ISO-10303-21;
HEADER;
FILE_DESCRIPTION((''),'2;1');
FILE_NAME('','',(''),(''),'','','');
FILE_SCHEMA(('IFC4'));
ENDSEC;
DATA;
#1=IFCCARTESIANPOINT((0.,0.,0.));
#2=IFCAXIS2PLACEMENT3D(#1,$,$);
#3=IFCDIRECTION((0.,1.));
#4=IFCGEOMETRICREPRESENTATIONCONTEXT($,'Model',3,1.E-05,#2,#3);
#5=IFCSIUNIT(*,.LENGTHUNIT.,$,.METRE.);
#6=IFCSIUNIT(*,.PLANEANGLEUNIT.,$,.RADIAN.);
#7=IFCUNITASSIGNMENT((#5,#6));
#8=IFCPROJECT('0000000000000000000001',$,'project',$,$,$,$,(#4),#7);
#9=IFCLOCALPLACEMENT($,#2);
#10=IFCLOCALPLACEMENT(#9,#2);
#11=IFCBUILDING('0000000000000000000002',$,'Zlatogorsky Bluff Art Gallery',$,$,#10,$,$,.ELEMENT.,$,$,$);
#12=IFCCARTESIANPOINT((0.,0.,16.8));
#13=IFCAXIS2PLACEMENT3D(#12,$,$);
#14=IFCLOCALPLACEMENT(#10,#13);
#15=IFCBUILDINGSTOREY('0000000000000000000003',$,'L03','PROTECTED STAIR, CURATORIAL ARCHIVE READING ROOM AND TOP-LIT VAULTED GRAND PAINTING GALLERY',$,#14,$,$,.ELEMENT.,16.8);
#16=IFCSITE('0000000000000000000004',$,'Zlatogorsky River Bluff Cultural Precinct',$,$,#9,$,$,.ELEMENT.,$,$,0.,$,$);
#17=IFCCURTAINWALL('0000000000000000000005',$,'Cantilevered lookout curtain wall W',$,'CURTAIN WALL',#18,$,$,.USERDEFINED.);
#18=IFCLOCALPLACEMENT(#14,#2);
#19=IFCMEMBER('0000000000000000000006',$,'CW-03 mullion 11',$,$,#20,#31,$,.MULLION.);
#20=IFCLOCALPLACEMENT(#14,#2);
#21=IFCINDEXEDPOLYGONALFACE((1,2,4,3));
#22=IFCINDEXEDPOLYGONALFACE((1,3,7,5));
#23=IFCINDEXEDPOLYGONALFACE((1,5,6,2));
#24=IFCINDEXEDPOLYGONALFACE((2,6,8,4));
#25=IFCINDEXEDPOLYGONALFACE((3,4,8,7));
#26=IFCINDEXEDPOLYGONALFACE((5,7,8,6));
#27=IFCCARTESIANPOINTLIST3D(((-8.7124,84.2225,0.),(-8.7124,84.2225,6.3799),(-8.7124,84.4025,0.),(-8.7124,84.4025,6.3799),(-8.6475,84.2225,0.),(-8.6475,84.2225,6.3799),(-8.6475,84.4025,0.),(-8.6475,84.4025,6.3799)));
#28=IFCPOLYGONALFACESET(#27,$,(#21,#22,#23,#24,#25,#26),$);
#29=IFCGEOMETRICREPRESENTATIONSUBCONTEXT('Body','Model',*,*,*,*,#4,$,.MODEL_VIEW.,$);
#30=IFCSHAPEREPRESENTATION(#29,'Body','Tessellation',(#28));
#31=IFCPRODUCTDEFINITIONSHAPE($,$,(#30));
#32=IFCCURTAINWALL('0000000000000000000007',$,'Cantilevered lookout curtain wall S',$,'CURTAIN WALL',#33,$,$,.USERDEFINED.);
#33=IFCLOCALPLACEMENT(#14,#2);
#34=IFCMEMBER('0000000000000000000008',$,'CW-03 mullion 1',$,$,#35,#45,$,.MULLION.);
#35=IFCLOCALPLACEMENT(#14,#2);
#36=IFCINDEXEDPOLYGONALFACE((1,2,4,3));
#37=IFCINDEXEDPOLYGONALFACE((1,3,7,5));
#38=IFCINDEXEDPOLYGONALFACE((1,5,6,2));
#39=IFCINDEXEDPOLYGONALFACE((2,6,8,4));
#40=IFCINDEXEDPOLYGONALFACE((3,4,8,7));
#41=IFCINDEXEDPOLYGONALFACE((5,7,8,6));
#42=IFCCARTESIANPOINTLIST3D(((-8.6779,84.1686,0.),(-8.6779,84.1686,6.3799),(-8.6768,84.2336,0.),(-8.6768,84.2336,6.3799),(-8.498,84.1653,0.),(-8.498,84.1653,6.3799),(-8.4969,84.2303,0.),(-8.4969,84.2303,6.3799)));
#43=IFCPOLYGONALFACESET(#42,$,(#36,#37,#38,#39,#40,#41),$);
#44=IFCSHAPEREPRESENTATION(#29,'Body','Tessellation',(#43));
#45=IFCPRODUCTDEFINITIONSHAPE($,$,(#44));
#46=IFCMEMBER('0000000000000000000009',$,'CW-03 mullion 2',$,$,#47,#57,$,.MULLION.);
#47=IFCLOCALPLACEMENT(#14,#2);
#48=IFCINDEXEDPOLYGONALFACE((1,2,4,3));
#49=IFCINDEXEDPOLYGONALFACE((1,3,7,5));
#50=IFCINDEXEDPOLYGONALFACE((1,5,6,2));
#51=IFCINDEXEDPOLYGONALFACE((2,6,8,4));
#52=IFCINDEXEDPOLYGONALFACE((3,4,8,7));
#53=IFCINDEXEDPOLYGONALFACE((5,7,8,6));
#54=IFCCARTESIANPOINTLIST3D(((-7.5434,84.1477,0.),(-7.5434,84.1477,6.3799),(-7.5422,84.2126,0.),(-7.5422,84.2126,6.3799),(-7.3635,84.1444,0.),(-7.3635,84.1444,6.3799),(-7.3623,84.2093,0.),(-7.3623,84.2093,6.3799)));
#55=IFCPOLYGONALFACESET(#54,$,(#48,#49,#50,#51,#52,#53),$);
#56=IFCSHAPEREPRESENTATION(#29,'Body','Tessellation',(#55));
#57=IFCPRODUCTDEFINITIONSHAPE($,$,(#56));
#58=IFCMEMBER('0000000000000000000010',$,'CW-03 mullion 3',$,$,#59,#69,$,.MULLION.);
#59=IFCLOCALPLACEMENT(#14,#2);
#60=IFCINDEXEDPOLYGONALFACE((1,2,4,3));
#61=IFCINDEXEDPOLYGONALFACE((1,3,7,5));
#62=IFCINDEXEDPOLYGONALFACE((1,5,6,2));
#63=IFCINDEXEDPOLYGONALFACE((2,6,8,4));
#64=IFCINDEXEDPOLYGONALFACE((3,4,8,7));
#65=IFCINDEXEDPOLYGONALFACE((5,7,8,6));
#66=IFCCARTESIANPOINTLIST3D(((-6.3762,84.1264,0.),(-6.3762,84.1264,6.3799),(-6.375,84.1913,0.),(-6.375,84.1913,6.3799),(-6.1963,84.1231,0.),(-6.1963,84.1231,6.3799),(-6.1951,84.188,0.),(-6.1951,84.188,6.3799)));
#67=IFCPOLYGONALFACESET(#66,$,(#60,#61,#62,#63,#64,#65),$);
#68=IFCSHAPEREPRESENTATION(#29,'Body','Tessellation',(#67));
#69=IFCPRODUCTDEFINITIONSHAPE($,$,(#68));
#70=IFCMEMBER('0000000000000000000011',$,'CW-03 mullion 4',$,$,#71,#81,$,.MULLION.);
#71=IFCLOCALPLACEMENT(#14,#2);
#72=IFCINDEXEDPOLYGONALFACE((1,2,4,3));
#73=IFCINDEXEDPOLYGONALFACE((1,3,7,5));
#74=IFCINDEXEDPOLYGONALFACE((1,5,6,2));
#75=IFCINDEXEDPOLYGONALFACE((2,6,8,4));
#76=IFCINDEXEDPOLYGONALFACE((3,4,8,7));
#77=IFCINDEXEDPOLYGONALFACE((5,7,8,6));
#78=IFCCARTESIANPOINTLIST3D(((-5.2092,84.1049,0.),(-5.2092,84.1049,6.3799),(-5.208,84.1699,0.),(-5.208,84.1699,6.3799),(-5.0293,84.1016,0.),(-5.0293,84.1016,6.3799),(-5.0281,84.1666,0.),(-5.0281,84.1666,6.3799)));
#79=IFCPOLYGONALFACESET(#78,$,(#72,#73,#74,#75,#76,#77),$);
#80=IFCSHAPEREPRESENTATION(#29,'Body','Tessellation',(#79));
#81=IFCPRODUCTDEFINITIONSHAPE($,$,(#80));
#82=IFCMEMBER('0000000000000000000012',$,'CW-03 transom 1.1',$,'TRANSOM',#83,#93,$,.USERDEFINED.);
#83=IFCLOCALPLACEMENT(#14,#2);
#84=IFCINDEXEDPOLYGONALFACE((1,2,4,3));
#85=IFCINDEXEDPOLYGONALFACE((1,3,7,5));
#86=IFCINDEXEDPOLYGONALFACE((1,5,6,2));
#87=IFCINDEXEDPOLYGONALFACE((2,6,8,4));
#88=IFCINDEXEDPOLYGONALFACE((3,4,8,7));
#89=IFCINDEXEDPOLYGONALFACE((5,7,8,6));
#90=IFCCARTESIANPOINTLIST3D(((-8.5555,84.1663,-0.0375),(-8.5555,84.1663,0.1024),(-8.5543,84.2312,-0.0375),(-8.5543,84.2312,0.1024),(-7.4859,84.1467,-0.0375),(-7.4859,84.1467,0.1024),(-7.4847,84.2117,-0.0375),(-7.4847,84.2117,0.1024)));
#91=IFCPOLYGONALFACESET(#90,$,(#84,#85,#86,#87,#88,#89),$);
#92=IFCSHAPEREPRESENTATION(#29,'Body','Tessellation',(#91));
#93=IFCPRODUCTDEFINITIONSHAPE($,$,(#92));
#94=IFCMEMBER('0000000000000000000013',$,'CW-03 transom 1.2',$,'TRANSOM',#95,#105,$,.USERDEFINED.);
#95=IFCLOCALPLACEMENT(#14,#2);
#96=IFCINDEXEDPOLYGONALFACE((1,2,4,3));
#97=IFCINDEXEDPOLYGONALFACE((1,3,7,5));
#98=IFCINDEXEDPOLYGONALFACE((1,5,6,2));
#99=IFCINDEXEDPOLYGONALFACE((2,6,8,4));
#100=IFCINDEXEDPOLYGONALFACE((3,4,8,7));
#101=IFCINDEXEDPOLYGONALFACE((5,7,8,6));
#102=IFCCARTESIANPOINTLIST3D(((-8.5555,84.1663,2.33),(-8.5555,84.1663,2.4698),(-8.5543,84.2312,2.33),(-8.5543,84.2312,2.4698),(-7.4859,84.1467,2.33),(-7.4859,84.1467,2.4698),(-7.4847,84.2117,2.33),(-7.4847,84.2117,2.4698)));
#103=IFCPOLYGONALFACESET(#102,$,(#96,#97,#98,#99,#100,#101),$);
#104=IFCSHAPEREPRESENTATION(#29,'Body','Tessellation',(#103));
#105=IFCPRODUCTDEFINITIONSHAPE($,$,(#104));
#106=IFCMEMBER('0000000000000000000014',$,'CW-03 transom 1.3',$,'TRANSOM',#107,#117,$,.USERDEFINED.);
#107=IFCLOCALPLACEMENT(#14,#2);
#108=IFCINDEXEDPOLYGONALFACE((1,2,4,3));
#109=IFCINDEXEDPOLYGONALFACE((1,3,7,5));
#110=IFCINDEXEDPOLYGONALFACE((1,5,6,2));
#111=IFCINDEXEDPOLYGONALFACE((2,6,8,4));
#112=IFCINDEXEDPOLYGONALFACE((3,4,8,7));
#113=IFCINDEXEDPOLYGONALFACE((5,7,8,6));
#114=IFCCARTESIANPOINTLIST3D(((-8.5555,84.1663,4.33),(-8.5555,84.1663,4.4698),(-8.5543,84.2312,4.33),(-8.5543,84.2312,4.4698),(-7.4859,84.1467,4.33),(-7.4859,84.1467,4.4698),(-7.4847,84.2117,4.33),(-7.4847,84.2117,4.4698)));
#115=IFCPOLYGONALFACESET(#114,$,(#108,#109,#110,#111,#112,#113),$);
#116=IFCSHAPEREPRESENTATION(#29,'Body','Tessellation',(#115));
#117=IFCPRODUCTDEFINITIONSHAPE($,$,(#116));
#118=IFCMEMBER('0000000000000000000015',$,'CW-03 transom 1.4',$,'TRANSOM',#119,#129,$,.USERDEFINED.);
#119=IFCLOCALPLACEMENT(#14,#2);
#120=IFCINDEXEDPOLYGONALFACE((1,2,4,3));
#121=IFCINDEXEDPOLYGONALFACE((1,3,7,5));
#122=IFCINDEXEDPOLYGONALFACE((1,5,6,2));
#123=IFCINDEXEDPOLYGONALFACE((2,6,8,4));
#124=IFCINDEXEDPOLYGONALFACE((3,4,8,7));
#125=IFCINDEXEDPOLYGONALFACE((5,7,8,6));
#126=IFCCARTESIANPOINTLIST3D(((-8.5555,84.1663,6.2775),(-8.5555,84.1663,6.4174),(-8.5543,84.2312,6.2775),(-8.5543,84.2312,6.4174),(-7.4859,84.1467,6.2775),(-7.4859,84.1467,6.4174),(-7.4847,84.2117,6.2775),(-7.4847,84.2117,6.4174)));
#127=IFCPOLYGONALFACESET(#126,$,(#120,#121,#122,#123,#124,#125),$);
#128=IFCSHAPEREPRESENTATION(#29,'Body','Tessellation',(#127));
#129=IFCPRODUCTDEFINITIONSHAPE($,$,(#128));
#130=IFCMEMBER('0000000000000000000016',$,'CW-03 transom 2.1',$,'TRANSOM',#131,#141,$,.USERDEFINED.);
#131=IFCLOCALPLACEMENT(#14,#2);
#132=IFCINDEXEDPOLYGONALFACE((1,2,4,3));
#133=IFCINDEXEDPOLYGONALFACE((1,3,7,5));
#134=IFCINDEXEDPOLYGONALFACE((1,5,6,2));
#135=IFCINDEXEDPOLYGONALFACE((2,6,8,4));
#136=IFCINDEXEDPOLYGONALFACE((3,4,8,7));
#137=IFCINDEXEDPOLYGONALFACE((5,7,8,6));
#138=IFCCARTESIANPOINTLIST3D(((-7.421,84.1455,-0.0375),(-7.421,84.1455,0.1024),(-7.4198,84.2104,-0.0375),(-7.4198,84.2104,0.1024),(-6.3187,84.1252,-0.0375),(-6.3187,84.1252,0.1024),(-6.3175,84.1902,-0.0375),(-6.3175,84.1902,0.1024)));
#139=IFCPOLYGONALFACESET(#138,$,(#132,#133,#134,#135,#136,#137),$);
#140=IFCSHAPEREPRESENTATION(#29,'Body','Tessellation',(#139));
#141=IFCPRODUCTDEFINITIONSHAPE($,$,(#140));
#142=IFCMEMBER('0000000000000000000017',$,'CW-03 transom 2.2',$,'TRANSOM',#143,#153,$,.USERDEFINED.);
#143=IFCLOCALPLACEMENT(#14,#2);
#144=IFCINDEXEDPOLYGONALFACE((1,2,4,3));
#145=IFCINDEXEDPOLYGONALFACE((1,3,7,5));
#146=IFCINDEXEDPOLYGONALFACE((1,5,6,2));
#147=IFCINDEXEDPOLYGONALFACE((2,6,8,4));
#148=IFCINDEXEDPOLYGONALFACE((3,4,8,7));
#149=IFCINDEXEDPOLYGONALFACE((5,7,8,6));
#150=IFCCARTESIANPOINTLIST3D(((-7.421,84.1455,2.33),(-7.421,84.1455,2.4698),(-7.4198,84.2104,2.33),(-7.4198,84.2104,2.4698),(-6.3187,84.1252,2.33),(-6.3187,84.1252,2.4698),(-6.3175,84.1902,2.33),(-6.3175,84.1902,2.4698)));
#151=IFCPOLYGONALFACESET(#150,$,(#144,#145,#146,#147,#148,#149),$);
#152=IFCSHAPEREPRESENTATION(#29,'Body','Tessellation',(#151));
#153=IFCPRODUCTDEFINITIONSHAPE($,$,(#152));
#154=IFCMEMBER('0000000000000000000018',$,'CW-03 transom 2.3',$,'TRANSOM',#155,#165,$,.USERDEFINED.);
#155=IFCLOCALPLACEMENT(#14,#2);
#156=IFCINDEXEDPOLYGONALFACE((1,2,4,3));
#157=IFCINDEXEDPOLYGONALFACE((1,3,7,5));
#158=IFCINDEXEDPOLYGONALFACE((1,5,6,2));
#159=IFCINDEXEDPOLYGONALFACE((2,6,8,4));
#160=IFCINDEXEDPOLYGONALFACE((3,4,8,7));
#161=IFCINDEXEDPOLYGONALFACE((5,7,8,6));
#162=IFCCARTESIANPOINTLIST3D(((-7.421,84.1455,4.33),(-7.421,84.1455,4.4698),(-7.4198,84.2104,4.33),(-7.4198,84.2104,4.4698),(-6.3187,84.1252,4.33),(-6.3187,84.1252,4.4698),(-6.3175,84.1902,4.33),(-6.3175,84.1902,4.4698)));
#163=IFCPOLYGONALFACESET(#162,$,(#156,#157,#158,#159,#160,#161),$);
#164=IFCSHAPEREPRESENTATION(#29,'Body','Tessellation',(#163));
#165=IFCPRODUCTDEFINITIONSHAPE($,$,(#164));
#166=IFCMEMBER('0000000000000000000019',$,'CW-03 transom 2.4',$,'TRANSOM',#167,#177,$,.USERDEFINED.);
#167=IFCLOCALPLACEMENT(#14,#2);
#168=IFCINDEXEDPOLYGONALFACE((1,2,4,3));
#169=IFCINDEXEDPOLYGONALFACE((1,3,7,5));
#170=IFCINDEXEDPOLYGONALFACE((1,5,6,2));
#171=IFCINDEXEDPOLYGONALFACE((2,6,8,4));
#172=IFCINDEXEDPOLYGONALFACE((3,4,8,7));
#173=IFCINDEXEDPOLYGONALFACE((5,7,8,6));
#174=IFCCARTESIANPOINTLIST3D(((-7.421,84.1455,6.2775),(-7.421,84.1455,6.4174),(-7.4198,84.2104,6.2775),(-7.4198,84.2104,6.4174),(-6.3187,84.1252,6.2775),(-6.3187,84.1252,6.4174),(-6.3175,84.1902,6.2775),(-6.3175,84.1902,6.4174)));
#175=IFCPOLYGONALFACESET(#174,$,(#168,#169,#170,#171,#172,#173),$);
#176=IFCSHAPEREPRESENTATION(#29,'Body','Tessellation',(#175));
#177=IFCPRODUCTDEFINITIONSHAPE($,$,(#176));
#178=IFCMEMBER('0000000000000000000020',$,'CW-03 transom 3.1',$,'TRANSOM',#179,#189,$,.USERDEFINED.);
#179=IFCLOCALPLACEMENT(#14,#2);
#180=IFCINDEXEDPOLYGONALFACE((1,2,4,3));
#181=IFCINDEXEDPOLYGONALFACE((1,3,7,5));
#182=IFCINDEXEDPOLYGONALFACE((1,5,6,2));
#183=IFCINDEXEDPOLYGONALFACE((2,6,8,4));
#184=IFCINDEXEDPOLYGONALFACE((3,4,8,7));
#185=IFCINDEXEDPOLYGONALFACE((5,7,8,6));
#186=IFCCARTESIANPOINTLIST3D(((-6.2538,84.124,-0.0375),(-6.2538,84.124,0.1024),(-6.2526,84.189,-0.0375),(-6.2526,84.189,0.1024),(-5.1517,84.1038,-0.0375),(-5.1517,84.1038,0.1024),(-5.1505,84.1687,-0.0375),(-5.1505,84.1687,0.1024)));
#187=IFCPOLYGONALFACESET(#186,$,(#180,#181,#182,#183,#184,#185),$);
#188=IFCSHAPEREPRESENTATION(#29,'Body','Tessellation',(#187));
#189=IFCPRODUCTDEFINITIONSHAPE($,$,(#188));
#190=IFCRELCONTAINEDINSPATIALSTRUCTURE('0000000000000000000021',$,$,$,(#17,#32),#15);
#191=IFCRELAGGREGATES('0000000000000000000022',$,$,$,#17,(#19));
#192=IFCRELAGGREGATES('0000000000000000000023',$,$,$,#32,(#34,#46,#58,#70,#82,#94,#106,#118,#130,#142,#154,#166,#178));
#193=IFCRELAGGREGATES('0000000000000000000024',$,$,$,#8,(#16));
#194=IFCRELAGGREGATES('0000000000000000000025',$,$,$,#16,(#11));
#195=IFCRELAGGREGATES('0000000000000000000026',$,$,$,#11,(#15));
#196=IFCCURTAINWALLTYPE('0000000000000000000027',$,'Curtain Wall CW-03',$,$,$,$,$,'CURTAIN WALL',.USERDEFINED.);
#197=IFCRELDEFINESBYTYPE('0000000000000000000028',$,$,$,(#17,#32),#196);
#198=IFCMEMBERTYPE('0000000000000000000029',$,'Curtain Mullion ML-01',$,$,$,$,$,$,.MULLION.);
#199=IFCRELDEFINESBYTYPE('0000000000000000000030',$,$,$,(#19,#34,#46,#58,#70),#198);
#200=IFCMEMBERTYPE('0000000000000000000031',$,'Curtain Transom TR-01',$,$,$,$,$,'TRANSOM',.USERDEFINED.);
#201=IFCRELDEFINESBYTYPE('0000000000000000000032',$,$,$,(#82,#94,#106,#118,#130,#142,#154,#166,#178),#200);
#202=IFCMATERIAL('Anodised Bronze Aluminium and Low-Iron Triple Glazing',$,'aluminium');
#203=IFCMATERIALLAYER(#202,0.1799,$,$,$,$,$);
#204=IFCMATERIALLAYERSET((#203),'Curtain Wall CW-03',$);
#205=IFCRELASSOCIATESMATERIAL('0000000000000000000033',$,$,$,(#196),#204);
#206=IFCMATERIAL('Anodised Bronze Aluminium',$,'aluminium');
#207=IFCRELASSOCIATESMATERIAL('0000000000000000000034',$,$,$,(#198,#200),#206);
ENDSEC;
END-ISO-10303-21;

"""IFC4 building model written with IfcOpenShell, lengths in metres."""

from ifc_helpers import new_model, si_unit, direction, frame, origin, origin_2d, place, context, subcontext, project, spatial, rectangle, extrude, material, layer, layer_set, material_profile, profile_set, type_object, element, aggregate, save


model = new_model("IFC4")

# Units and contexts
model_context = context("Model", 3, precision=1e-05, world=origin(), true_north=direction((0.0, 1.0)))
body_context = subcontext(model_context, "Body", "Model", "MODEL_VIEW")
ifc_project = project(units=[si_unit("LENGTHUNIT", "METRE"), si_unit("PLANEANGLEUNIT", "RADIAN")], contexts=[model_context])

# Site, building, storey
site_placement = place(None, origin())
site = spatial("IfcSite", under=ifc_project, at=site_placement, Name="Zlatogorsky River Bluff Cultural Precinct", CompositionType="ELEMENT", RefElevation=0.0)
building_placement = place(site_placement, origin())
building = spatial("IfcBuilding", under=site, at=building_placement, Name="Zlatogorsky Bluff Art Gallery", CompositionType="ELEMENT")
storey_placement = place(building_placement, frame((0.0, 0.0, 16.8)))
storey = spatial("IfcBuildingStorey", under=building, at=storey_placement, Name="L03", Description="PROTECTED STAIR, CURATORIAL ARCHIVE READING ROOM AND TOP-LIT VAULTED GRAND PAINTING GALLERY", CompositionType="ELEMENT", Elevation=16.8)

# Curtain wall, member
ifc_material_1 = material(Name="Anodised Bronze Aluminium and Low-Iron Triple Glazing", Category="aluminium")
ifc_layer_1 = layer(ifc_material_1, 0.1799)
ifc_layer_set_1 = layer_set([ifc_layer_1], Name="Curtain Wall CW-03")
curtain_wall_type = type_object("IfcCurtainWallType", Name="Curtain Wall CW-03", ElementType="CURTAIN WALL", PredefinedType="USERDEFINED", material=ifc_layer_set_1)
curtain_wall_1_placement = place(storey_placement, origin())
curtain_wall_1 = element("IfcCurtainWall", 1, at=curtain_wall_1_placement, inside=storey, type_object=curtain_wall_type, Name="Cantilevered lookout curtain wall W", ObjectType="CURTAIN WALL", PredefinedType="USERDEFINED")
ifc_material_2 = material(Name="Anodised Bronze Aluminium", Category="aluminium")
ifc_material_profile_1 = material_profile(ifc_material_2, rectangle(XDim=0.0649, YDim=0.1799, at=origin_2d()), Name="ALU MULLION 65x180")
ifc_profile_set_1 = profile_set([ifc_material_profile_1], Name="Anodised Bronze Aluminium")
member_type_1 = type_object("IfcMemberType", Name="Curtain Mullion ML-01", PredefinedType="MULLION", material=ifc_profile_set_1)
member_1_placement = place(storey_placement, frame((-8.6799, 84.3125, 0.0), z_axis=(0.0, 0.0, 1.0), x_axis=(1.0, 0.0, 0.0)))
member_1 = element("IfcMember", 2, at=member_1_placement, type_object=member_type_1, Name="CW-03 mullion 11", PredefinedType="MULLION", context=body_context, shape_type="SweptSolid", body=[
    extrude(rectangle(XDim=0.0649, YDim=0.1799, at=origin_2d()), origin(), (0.0, 0.0, 1.0), 6.3799),
])
aggregate(curtain_wall_1, [member_1])

# Curtain wall, members
curtain_wall_2_placement = place(storey_placement, origin())
curtain_wall_2 = element("IfcCurtainWall", 3, at=curtain_wall_2_placement, inside=storey, type_object=curtain_wall_type, Name="Cantilevered lookout curtain wall S", ObjectType="CURTAIN WALL", PredefinedType="USERDEFINED")
member_2_placement = place(storey_placement, frame((-8.5874, 84.1995, 0.0), z_axis=(0.0, 0.0, 1.0), x_axis=(0.018357, 0.999832, 0.0)))
member_2 = element("IfcMember", 4, at=member_2_placement, type_object=member_type_1, Name="CW-03 mullion 1", PredefinedType="MULLION", context=body_context, shape_type="SweptSolid", body=[
    extrude(rectangle(XDim=0.0649, YDim=0.1799, at=origin_2d()), origin(), (0.0, 0.0, 1.0), 6.3799),
])
member_3_placement = place(storey_placement, frame((-7.4529, 84.1785, 0.0), z_axis=(0.0, 0.0, 1.0), x_axis=(0.018357, 0.999832, 0.0)))
member_3 = element("IfcMember", 5, at=member_3_placement, type_object=member_type_1, Name="CW-03 mullion 2", PredefinedType="MULLION", context=body_context, shape_type="SweptSolid", body=[
    extrude(rectangle(XDim=0.0649, YDim=0.1799, at=origin_2d()), origin(), (0.0, 0.0, 1.0), 6.3799),
])
member_4_placement = place(storey_placement, frame((-6.2856, 84.1572, 0.0), z_axis=(0.0, 0.0, 1.0), x_axis=(0.018357, 0.999832, 0.0)))
member_4 = element("IfcMember", 6, at=member_4_placement, type_object=member_type_1, Name="CW-03 mullion 3", PredefinedType="MULLION", context=body_context, shape_type="SweptSolid", body=[
    extrude(rectangle(XDim=0.0649, YDim=0.1799, at=origin_2d()), origin(), (0.0, 0.0, 1.0), 6.3799),
])
member_5_placement = place(storey_placement, frame((-5.1187, 84.1357, 0.0), z_axis=(0.0, 0.0, 1.0), x_axis=(0.018357, 0.999832, 0.0)))
member_5 = element("IfcMember", 7, at=member_5_placement, type_object=member_type_1, Name="CW-03 mullion 4", PredefinedType="MULLION", context=body_context, shape_type="SweptSolid", body=[
    extrude(rectangle(XDim=0.0649, YDim=0.1799, at=origin_2d()), origin(), (0.0, 0.0, 1.0), 6.3799),
])
ifc_material_profile_2 = material_profile(ifc_material_2, rectangle(XDim=0.0649, YDim=0.1399, at=origin_2d()), Name="ALU TRANSOM 65x140")
ifc_profile_set_2 = profile_set([ifc_material_profile_2], Name="Anodised Bronze Aluminium")
member_type_2 = type_object("IfcMemberType", Name="Curtain Transom TR-01", ElementType="TRANSOM", PredefinedType="USERDEFINED", material=ifc_profile_set_2)
member_6_placement = place(storey_placement, frame((-8.5549, 84.1987, 0.0325), z_axis=(0.999833, -0.018258, 0.0), x_axis=(0.018258, 0.999833, 0.0)))
member_6 = element("IfcMember", 8, at=member_6_placement, type_object=member_type_2, Name="CW-03 transom 1.1", ObjectType="TRANSOM", PredefinedType="USERDEFINED", context=body_context, shape_type="SweptSolid", body=[
    extrude(rectangle(XDim=0.0649, YDim=0.1399, at=origin_2d()), origin(), (0.0, 0.0, 1.0), 1.0698),
])
member_7_placement = place(storey_placement, frame((-8.5549, 84.1987, 2.3999), z_axis=(0.999833, -0.018258, 0.0), x_axis=(0.018258, 0.999833, 0.0)))
member_7 = element("IfcMember", 9, at=member_7_placement, type_object=member_type_2, Name="CW-03 transom 1.2", ObjectType="TRANSOM", PredefinedType="USERDEFINED", context=body_context, shape_type="SweptSolid", body=[
    extrude(rectangle(XDim=0.0649, YDim=0.1399, at=origin_2d()), origin(), (0.0, 0.0, 1.0), 1.0698),
])
member_8_placement = place(storey_placement, frame((-8.5549, 84.1987, 4.3999), z_axis=(0.999833, -0.018258, 0.0), x_axis=(0.018258, 0.999833, 0.0)))
member_8 = element("IfcMember", 10, at=member_8_placement, type_object=member_type_2, Name="CW-03 transom 1.3", ObjectType="TRANSOM", PredefinedType="USERDEFINED", context=body_context, shape_type="SweptSolid", body=[
    extrude(rectangle(XDim=0.0649, YDim=0.1399, at=origin_2d()), origin(), (0.0, 0.0, 1.0), 1.0698),
])
member_9_placement = place(storey_placement, frame((-8.5549, 84.1987, 6.3474), z_axis=(0.999833, -0.018258, 0.0), x_axis=(0.018258, 0.999833, 0.0)))
member_9 = element("IfcMember", 11, at=member_9_placement, type_object=member_type_2, Name="CW-03 transom 1.4", ObjectType="TRANSOM", PredefinedType="USERDEFINED", context=body_context, shape_type="SweptSolid", body=[
    extrude(rectangle(XDim=0.0649, YDim=0.1399, at=origin_2d()), origin(), (0.0, 0.0, 1.0), 1.0698),
])
member_10_placement = place(storey_placement, frame((-7.4204, 84.178, 0.0325), z_axis=(0.999831, -0.01838, 0.0), x_axis=(0.01838, 0.999831, 0.0)))
member_10 = element("IfcMember", 12, at=member_10_placement, type_object=member_type_2, Name="CW-03 transom 2.1", ObjectType="TRANSOM", PredefinedType="USERDEFINED", context=body_context, shape_type="SweptSolid", body=[
    extrude(rectangle(XDim=0.0649, YDim=0.1399, at=origin_2d()), origin(), (0.0, 0.0, 1.0), 1.1025),
])
member_11_placement = place(storey_placement, frame((-7.4204, 84.178, 2.3999), z_axis=(0.999831, -0.01838, 0.0), x_axis=(0.01838, 0.999831, 0.0)))
member_11 = element("IfcMember", 13, at=member_11_placement, type_object=member_type_2, Name="CW-03 transom 2.2", ObjectType="TRANSOM", PredefinedType="USERDEFINED", context=body_context, shape_type="SweptSolid", body=[
    extrude(rectangle(XDim=0.0649, YDim=0.1399, at=origin_2d()), origin(), (0.0, 0.0, 1.0), 1.1025),
])
member_12_placement = place(storey_placement, frame((-7.4204, 84.178, 4.3999), z_axis=(0.999831, -0.01838, 0.0), x_axis=(0.01838, 0.999831, 0.0)))
member_12 = element("IfcMember", 14, at=member_12_placement, type_object=member_type_2, Name="CW-03 transom 2.3", ObjectType="TRANSOM", PredefinedType="USERDEFINED", context=body_context, shape_type="SweptSolid", body=[
    extrude(rectangle(XDim=0.0649, YDim=0.1399, at=origin_2d()), origin(), (0.0, 0.0, 1.0), 1.1025),
])
member_13_placement = place(storey_placement, frame((-7.4204, 84.178, 6.3474), z_axis=(0.999831, -0.01838, 0.0), x_axis=(0.01838, 0.999831, 0.0)))
member_13 = element("IfcMember", 15, at=member_13_placement, type_object=member_type_2, Name="CW-03 transom 2.4", ObjectType="TRANSOM", PredefinedType="USERDEFINED", context=body_context, shape_type="SweptSolid", body=[
    extrude(rectangle(XDim=0.0649, YDim=0.1399, at=origin_2d()), origin(), (0.0, 0.0, 1.0), 1.1025),
])
member_14_placement = place(storey_placement, frame((-6.2532, 84.1565, 0.0325), z_axis=(0.999831, -0.018384, 0.0), x_axis=(0.018384, 0.999831, 0.0)))
member_14 = element("IfcMember", 16, at=member_14_placement, type_object=member_type_2, Name="CW-03 transom 3.1", ObjectType="TRANSOM", PredefinedType="USERDEFINED", context=body_context, shape_type="SweptSolid", body=[
    extrude(rectangle(XDim=0.0649, YDim=0.1399, at=origin_2d()), origin(), (0.0, 0.0, 1.0), 1.1023),
])
aggregate(curtain_wall_2, [member_2, member_3, member_4, member_5, member_6, member_7, member_8, member_9, member_10, member_11, member_12, member_13, member_14])

save(model, "model.ifc")
